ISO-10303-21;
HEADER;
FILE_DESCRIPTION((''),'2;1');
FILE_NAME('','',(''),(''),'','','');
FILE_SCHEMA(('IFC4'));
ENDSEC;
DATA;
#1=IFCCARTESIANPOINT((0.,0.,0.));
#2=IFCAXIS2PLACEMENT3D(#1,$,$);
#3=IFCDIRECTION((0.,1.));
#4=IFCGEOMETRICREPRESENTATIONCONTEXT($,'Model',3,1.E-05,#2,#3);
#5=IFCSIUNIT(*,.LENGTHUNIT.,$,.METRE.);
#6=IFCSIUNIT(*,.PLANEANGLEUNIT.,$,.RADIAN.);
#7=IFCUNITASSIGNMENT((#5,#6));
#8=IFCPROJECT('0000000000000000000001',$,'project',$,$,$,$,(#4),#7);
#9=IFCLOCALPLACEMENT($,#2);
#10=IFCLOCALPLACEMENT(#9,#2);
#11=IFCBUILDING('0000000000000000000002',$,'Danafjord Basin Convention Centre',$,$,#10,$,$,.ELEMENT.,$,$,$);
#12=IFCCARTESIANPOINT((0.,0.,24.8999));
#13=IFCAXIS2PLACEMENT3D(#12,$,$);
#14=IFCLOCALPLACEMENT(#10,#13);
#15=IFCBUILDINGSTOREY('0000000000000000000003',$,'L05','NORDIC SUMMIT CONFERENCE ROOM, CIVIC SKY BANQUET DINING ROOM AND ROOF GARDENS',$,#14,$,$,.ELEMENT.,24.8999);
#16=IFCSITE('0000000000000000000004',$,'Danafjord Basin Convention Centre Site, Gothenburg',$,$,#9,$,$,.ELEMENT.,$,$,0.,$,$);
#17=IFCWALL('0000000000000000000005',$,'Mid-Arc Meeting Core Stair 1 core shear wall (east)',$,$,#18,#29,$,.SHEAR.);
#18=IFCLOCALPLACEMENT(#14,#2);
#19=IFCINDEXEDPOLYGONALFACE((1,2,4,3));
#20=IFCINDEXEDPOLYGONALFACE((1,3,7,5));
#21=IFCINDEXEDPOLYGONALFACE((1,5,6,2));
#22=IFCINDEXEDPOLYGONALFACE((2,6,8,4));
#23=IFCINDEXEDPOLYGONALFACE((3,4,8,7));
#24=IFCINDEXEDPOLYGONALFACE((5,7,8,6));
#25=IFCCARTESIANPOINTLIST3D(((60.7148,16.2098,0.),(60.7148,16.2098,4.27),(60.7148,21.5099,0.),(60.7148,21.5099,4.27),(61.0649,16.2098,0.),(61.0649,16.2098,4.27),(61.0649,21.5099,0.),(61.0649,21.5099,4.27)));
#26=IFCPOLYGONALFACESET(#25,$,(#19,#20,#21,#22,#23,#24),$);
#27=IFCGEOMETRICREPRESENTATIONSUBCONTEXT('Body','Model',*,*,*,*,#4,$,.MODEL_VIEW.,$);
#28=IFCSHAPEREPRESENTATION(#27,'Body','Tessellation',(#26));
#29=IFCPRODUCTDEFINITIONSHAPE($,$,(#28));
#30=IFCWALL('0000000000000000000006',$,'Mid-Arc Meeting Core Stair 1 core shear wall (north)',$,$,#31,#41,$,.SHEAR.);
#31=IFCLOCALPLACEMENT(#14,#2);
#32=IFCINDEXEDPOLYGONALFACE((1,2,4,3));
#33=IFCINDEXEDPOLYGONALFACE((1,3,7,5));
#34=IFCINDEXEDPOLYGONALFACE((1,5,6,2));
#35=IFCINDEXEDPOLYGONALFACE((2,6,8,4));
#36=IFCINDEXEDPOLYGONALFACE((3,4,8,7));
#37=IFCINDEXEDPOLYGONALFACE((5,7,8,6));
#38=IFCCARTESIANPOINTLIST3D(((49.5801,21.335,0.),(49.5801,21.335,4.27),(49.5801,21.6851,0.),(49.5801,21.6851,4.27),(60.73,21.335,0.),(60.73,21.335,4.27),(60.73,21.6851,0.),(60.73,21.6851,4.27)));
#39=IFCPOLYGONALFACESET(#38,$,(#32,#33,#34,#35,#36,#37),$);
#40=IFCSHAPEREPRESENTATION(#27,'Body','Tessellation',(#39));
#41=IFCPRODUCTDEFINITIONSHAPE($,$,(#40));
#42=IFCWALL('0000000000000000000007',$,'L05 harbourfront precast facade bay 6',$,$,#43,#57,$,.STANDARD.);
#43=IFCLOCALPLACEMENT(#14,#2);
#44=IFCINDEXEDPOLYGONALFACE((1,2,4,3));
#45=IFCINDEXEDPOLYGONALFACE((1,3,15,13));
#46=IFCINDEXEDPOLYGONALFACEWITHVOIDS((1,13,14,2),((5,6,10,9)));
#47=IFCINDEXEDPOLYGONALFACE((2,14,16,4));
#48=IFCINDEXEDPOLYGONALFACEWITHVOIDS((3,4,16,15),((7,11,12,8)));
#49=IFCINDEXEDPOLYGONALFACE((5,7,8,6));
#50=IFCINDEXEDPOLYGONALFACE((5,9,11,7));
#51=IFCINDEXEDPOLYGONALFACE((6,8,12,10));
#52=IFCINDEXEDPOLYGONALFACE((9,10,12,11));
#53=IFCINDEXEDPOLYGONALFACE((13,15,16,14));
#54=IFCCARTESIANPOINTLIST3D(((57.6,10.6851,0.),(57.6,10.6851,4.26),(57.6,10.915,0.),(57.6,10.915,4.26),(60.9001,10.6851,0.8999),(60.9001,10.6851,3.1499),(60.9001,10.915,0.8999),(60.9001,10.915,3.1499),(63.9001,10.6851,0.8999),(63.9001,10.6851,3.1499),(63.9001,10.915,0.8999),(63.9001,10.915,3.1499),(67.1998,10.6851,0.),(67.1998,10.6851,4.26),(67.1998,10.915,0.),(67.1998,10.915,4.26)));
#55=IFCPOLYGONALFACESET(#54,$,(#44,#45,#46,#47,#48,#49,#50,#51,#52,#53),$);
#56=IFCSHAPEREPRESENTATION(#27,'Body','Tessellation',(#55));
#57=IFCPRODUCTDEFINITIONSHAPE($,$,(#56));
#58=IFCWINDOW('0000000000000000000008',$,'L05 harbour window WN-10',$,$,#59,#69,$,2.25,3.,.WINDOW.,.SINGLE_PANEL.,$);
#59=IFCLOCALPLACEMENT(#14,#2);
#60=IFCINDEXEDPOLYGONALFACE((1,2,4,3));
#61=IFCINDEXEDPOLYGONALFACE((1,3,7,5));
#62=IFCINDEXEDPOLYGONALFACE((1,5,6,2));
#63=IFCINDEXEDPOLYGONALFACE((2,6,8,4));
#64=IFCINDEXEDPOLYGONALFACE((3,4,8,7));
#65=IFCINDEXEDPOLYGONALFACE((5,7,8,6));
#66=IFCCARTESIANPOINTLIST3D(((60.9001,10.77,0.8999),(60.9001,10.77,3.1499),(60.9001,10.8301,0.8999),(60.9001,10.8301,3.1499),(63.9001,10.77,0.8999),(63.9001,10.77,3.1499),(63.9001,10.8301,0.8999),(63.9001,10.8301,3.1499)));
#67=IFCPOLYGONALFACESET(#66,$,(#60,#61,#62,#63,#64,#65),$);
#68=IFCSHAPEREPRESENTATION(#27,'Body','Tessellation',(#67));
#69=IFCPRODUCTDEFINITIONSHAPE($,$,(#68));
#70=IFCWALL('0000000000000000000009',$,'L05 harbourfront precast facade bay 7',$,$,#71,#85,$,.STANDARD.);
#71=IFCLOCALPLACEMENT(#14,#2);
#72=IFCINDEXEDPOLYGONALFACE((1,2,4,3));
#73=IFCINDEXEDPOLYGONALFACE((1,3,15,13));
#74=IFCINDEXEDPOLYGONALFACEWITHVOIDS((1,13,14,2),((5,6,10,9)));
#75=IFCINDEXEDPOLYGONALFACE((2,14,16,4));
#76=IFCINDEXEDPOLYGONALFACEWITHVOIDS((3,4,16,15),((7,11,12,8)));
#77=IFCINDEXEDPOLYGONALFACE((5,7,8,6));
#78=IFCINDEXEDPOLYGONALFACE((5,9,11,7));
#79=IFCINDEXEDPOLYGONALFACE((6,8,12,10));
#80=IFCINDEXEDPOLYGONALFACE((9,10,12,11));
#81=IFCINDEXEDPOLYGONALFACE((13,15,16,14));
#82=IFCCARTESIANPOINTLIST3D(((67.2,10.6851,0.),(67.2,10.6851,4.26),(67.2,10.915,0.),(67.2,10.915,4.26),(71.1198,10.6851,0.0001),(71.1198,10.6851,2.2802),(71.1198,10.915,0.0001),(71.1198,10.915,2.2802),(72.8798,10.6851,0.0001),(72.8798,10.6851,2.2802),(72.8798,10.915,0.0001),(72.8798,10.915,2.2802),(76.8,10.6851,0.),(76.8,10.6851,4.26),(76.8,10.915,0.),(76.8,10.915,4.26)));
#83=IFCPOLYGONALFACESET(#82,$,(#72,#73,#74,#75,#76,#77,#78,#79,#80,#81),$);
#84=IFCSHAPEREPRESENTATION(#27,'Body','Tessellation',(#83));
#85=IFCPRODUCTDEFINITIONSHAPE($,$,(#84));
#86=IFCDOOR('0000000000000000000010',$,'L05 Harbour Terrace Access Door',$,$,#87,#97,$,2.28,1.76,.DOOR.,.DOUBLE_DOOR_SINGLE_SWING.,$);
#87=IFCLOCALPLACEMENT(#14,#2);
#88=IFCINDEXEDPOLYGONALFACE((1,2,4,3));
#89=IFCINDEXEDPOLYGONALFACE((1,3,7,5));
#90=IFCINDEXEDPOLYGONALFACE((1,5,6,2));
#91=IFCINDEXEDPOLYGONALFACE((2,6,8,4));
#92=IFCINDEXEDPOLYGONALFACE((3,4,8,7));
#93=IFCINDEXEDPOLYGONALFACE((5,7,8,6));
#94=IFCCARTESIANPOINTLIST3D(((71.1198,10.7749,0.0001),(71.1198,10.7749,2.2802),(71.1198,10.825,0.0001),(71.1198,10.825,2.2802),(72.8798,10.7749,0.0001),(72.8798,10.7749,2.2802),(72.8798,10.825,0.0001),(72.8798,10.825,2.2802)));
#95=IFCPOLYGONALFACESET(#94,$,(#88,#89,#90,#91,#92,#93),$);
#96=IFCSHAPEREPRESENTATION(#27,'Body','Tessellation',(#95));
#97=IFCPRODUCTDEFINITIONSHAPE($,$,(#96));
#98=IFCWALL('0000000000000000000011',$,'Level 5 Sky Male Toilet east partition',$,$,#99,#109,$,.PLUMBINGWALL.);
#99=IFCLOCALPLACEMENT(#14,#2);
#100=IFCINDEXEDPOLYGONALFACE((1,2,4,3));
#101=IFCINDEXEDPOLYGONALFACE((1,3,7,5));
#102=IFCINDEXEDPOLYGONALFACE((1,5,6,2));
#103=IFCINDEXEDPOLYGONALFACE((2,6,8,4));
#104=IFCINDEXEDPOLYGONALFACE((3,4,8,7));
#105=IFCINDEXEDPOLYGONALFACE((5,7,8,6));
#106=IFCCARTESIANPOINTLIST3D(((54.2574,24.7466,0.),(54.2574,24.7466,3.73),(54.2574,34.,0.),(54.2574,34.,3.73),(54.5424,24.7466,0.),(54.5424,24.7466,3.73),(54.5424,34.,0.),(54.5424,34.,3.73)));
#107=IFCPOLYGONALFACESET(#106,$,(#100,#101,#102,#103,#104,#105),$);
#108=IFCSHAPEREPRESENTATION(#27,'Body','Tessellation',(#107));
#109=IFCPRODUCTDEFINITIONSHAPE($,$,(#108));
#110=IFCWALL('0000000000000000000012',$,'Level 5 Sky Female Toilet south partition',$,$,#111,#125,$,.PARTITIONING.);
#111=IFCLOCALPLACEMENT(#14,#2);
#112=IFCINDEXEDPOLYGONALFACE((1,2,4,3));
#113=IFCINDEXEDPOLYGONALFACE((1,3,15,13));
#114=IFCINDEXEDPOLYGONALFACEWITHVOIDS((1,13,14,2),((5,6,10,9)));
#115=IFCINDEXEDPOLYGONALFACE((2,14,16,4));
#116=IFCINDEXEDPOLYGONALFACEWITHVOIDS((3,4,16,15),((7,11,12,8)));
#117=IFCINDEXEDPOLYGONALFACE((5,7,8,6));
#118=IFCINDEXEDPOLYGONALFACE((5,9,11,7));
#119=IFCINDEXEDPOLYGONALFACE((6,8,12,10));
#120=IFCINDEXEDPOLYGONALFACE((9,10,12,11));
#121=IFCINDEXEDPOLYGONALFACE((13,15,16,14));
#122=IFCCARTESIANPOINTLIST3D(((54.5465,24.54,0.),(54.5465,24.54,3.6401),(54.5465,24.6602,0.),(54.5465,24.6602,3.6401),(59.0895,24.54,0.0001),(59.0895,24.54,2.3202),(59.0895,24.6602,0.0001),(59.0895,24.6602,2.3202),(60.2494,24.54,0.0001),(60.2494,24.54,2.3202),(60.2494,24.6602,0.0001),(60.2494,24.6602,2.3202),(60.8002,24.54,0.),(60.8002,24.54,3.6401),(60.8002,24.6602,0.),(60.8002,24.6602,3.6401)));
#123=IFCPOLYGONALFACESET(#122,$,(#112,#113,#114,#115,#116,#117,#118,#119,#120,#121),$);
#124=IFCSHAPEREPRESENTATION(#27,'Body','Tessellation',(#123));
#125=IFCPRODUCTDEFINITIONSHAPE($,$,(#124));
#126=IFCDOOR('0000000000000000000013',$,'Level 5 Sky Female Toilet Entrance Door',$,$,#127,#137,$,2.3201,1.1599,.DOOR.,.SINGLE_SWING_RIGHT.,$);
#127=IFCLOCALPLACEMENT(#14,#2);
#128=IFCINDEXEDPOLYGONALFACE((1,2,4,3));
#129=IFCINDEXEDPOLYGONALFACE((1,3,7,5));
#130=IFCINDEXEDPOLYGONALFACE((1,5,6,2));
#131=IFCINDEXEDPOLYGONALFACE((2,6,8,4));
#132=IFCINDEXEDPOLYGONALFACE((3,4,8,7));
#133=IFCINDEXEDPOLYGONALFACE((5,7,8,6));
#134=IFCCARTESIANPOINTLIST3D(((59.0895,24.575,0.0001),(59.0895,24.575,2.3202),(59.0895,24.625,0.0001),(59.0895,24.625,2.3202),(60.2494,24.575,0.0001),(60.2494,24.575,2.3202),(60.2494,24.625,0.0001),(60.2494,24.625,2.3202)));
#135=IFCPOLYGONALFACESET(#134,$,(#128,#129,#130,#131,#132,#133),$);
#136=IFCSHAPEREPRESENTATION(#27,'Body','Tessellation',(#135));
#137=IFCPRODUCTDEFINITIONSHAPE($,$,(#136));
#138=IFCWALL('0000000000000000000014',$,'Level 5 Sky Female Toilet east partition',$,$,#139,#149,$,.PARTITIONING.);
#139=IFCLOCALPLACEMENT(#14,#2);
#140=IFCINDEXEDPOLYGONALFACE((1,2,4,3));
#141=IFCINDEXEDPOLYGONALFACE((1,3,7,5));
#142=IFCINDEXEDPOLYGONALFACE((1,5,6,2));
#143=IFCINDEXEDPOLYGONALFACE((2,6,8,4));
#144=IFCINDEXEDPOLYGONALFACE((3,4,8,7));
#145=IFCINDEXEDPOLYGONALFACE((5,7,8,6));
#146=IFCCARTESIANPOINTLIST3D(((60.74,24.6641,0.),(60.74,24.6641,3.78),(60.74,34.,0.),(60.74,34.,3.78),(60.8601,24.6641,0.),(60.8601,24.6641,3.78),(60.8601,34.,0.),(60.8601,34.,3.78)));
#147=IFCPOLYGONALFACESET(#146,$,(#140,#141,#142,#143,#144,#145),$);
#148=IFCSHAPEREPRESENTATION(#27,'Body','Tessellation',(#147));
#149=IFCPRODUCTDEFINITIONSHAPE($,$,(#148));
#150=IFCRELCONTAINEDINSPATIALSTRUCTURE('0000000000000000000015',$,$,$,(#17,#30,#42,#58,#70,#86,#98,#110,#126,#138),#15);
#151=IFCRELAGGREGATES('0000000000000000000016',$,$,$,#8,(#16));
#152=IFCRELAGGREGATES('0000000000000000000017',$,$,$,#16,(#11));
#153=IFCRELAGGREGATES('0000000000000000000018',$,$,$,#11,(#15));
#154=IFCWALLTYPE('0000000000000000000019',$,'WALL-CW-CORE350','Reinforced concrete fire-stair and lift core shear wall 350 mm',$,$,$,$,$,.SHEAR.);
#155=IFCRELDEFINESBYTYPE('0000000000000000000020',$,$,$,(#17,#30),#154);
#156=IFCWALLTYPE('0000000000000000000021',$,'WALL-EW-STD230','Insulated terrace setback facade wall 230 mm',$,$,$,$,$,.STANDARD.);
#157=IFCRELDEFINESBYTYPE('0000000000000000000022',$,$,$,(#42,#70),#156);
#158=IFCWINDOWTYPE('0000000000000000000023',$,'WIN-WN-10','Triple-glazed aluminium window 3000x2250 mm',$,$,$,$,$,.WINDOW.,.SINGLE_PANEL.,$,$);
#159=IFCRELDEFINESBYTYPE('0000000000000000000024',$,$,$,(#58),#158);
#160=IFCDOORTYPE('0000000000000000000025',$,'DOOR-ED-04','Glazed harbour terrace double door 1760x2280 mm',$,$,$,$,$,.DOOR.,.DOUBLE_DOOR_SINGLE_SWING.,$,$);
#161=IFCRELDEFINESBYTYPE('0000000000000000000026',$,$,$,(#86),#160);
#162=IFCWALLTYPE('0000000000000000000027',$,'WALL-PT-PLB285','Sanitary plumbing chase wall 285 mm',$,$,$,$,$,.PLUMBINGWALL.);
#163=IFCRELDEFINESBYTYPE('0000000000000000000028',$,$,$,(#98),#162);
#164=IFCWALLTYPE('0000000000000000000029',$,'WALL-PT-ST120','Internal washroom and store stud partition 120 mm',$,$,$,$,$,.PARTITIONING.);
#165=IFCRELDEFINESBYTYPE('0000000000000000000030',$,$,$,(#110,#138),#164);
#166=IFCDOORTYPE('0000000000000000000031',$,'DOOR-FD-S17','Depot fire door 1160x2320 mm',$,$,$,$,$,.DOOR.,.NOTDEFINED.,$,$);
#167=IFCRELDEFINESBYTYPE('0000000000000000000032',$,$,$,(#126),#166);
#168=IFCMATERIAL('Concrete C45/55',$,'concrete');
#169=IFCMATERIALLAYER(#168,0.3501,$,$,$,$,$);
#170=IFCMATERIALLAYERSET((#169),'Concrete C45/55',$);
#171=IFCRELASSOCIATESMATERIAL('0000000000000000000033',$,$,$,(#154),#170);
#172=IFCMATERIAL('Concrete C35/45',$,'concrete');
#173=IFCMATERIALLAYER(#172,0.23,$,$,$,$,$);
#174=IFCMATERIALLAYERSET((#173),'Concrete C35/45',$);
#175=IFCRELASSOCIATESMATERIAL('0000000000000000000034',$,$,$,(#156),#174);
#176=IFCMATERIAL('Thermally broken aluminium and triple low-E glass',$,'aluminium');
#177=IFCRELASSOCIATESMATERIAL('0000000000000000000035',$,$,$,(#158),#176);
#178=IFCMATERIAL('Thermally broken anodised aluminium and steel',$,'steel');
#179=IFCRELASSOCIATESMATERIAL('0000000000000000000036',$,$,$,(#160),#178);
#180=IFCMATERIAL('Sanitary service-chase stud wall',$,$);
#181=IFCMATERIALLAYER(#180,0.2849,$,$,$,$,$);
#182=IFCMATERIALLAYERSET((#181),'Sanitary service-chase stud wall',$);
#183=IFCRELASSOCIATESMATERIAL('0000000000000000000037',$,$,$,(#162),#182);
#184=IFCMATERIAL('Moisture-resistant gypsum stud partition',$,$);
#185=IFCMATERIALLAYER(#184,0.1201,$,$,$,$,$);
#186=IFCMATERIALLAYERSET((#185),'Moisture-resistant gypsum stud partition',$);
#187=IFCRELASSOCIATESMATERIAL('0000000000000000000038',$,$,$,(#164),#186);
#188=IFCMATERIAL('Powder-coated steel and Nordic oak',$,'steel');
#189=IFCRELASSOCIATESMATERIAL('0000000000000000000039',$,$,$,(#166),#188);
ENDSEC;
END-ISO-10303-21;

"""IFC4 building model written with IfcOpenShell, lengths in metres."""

from ifc_helpers import new_model, si_unit, direction, frame, frame_2d, origin, place, context, subcontext, project, spatial, rectangle, extrude, material, layer, layer_set, type_object, element, fill, save


model = new_model("IFC4")

# Units and contexts
model_context = context("Model", 3, precision=1e-05, world=origin(), true_north=direction((0.0, 1.0)))
body_context = subcontext(model_context, "Body", "Model", "MODEL_VIEW")
ifc_project = project(units=[si_unit("LENGTHUNIT", "METRE"), si_unit("PLANEANGLEUNIT", "RADIAN")], contexts=[model_context])

# Site, building, storey
site_placement = place(None, origin())
site = spatial("IfcSite", under=ifc_project, at=site_placement, Name="Danafjord Basin Convention Centre Site, Gothenburg", CompositionType="ELEMENT", RefElevation=0.0)
building_placement = place(site_placement, origin())
building = spatial("IfcBuilding", under=site, at=building_placement, Name="Danafjord Basin Convention Centre", CompositionType="ELEMENT")
storey_placement = place(building_placement, frame((0.0, 0.0, 24.8999)))
storey = spatial("IfcBuildingStorey", under=building, at=storey_placement, Name="L05", Description="NORDIC SUMMIT CONFERENCE ROOM, CIVIC SKY BANQUET DINING ROOM AND ROOF GARDENS", CompositionType="ELEMENT", Elevation=24.8999)

# Walls
ifc_material_1 = material(Name="Concrete C45/55", Category="concrete")
ifc_layer_1 = layer(ifc_material_1, 0.3501)
ifc_layer_set_1 = layer_set([ifc_layer_1], Name="Concrete C45/55")
wall_type_1 = type_object("IfcWallType", Name="WALL-CW-CORE350", Description="Reinforced concrete fire-stair and lift core shear wall 350 mm", PredefinedType="SHEAR", material=ifc_layer_set_1)
wall_1_placement = place(storey_placement, frame((60.8899, 16.21, 0.0), z_axis=(0.0, 0.0, 1.0), x_axis=(0.0, 1.0, 0.0)))
element("IfcWall", 1, at=wall_1_placement, inside=storey, type_object=wall_type_1, Name="Mid-Arc Meeting Core Stair 1 core shear wall (east)", PredefinedType="SHEAR", context=body_context, shape_type="SweptSolid", body=[
    extrude(rectangle(XDim=5.3, YDim=0.3501, at=frame_2d((2.6499, 0.0))), origin(), (0.0, 0.0, 1.0), 4.27),
])
wall_2_placement = place(storey_placement, frame((60.73, 21.51, 0.0), z_axis=(0.0, 0.0, 1.0), x_axis=(-1.0, 0.0, 0.0)))
element("IfcWall", 2, at=wall_2_placement, inside=storey, type_object=wall_type_1, Name="Mid-Arc Meeting Core Stair 1 core shear wall (north)", PredefinedType="SHEAR", context=body_context, shape_type="SweptSolid", body=[
    extrude(rectangle(XDim=11.1499, YDim=0.3501, at=frame_2d((5.575, 0.0))), origin(), (0.0, 0.0, 1.0), 4.27),
])

# Wall, opening, window
ifc_material_2 = material(Name="Concrete C35/45", Category="concrete")
ifc_layer_2 = layer(ifc_material_2, 0.23)
ifc_layer_set_2 = layer_set([ifc_layer_2], Name="Concrete C35/45")
wall_type_2 = type_object("IfcWallType", Name="WALL-EW-STD230", Description="Insulated terrace setback facade wall 230 mm", PredefinedType="STANDARD", material=ifc_layer_set_2)
wall_3_placement = place(storey_placement, frame((57.6001, 10.8, 0.0), z_axis=(0.0, 0.0, 1.0), x_axis=(1.0, 0.0, 0.0)))
wall_3 = element("IfcWall", 3, at=wall_3_placement, inside=storey, type_object=wall_type_2, Name="L05 harbourfront precast facade bay 6", PredefinedType="STANDARD", context=body_context, shape_type="SweptSolid", body=[
    extrude(rectangle(XDim=9.5999, YDim=0.23, at=frame_2d((4.7998, 0.0))), origin(), (0.0, 0.0, 1.0), 4.26),
])
opening_1_placement = place(wall_3_placement, frame((3.3, 0.0, 0.8999)))
opening_1 = element("IfcOpeningElement", 4, at=opening_1_placement, cuts=wall_3, PredefinedType="OPENING", context=body_context, shape_type="SweptSolid", body=[
    extrude(rectangle(XDim=3.0, YDim=2.25, at=frame_2d((1.5, 1.125))), frame((0.0, 0.125, 0.0), z_axis=(0.0, -1.0, 0.0), x_axis=(1.0, 0.0, 0.0)), (0.0, 0.0, 1.0), 0.25),
])
ifc_material_3 = material(Name="Thermally broken aluminium and triple low-E glass", Category="aluminium")
window_type = type_object("IfcWindowType", Name="WIN-WN-10", Description="Triple-glazed aluminium window 3000x2250 mm", PartitioningType="SINGLE_PANEL", PredefinedType="WINDOW", material=ifc_material_3)
window_placement = place(opening_1_placement, origin())
window = element("IfcWindow", 5, at=window_placement, inside=storey, type_object=window_type, Name="L05 harbour window WN-10", OverallHeight=2.25, OverallWidth=3.0, PartitioningType="SINGLE_PANEL", PredefinedType="WINDOW", context=body_context, shape_type="SweptSolid", body=[
    extrude(rectangle(XDim=3.0, YDim=2.25, at=frame_2d((1.5, 1.125))), frame((0.0, 0.03, 0.0), z_axis=(0.0, -1.0, 0.0), x_axis=(1.0, 0.0, 0.0)), (0.0, 0.0, 1.0), 0.0601),
])
fill(opening_1, window)

# Wall, opening, door
wall_4_placement = place(storey_placement, frame((67.2, 10.8, 0.0), z_axis=(0.0, 0.0, 1.0), x_axis=(1.0, 0.0, 0.0)))
wall_4 = element("IfcWall", 6, at=wall_4_placement, inside=storey, type_object=wall_type_2, Name="L05 harbourfront precast facade bay 7", PredefinedType="STANDARD", context=body_context, shape_type="SweptSolid", body=[
    extrude(rectangle(XDim=9.6001, YDim=0.23, at=frame_2d((4.8, 0.0))), origin(), (0.0, 0.0, 1.0), 4.26),
])
opening_2_placement = place(wall_4_placement, frame((3.9199, 0.0, 0.0)))
opening_2 = element("IfcOpeningElement", 7, at=opening_2_placement, cuts=wall_4, PredefinedType="OPENING", context=body_context, shape_type="SweptSolid", body=[
    extrude(rectangle(XDim=1.76, YDim=2.28, at=frame_2d((0.8799, 1.1401))), frame((0.0, 0.125, 0.0), z_axis=(0.0, -1.0, 0.0), x_axis=(1.0, 0.0, 0.0)), (0.0, 0.0, 1.0), 0.25),
])
ifc_material_4 = material(Name="Thermally broken anodised aluminium and steel", Category="steel")
door_type_1 = type_object("IfcDoorType", Name="DOOR-ED-04", Description="Glazed harbour terrace double door 1760x2280 mm", OperationType="DOUBLE_DOOR_SINGLE_SWING", PredefinedType="DOOR", material=ifc_material_4)
door_1_placement = place(opening_2_placement, origin())
door_1 = element("IfcDoor", 8, at=door_1_placement, inside=storey, type_object=door_type_1, Name="L05 Harbour Terrace Access Door", OperationType="DOUBLE_DOOR_SINGLE_SWING", OverallHeight=2.28, OverallWidth=1.76, PredefinedType="DOOR", context=body_context, shape_type="SweptSolid", body=[
    extrude(rectangle(XDim=1.76, YDim=2.28, at=frame_2d((0.8799, 1.1401))), frame((0.0, 0.0249, 0.0), z_axis=(0.0, -1.0, 0.0), x_axis=(1.0, 0.0, 0.0)), (0.0, 0.0, 1.0), 0.05),
])
fill(opening_2, door_1)

# Wall
ifc_material_5 = material(Name="Sanitary service-chase stud wall")
ifc_layer_3 = layer(ifc_material_5, 0.2849)
ifc_layer_set_3 = layer_set([ifc_layer_3], Name="Sanitary service-chase stud wall")
wall_type_3 = type_object("IfcWallType", Name="WALL-PT-PLB285", Description="Sanitary plumbing chase wall 285 mm", PredefinedType="PLUMBINGWALL", material=ifc_layer_set_3)
wall_5_placement = place(storey_placement, frame((54.3999, 24.7466, 0.0), z_axis=(0.0, 0.0, 1.0), x_axis=(0.0, 1.0, 0.0)))
element("IfcWall", 9, at=wall_5_placement, inside=storey, type_object=wall_type_3, Name="Level 5 Sky Male Toilet east partition", PredefinedType="PLUMBINGWALL", context=body_context, shape_type="SweptSolid", body=[
    extrude(rectangle(XDim=9.2534, YDim=0.2849, at=frame_2d((4.6267, 0.0))), origin(), (0.0, 0.0, 1.0), 3.73),
])

# Wall, opening, door
ifc_material_6 = material(Name="Moisture-resistant gypsum stud partition")
ifc_layer_4 = layer(ifc_material_6, 0.1201)
ifc_layer_set_4 = layer_set([ifc_layer_4], Name="Moisture-resistant gypsum stud partition")
wall_type_4 = type_object("IfcWallType", Name="WALL-PT-ST120", Description="Internal washroom and store stud partition 120 mm", PredefinedType="PARTITIONING", material=ifc_layer_set_4)
wall_6_placement = place(storey_placement, frame((54.5464, 24.6001, 0.0), z_axis=(0.0, 0.0, 1.0), x_axis=(1.0, 0.0, 0.0)))
wall_6 = element("IfcWall", 10, at=wall_6_placement, inside=storey, type_object=wall_type_4, Name="Level 5 Sky Female Toilet south partition", PredefinedType="PARTITIONING", context=body_context, shape_type="SweptSolid", body=[
    extrude(rectangle(XDim=6.2537, YDim=0.1201, at=frame_2d((3.127, 0.0))), origin(), (0.0, 0.0, 1.0), 3.6401),
])
opening_3_placement = place(wall_6_placement, frame((4.543, 0.0, 0.0)))
opening_3 = element("IfcOpeningElement", 11, at=opening_3_placement, cuts=wall_6, PredefinedType="OPENING", context=body_context, shape_type="SweptSolid", body=[
    extrude(rectangle(XDim=1.1599, YDim=2.3201, at=frame_2d((0.5801, 1.1602))), frame((0.0, 0.0701, 0.0), z_axis=(0.0, -1.0, 0.0), x_axis=(1.0, 0.0, 0.0)), (0.0, 0.0, 1.0), 0.1401),
])
ifc_material_7 = material(Name="Powder-coated steel and Nordic oak", Category="steel")
door_type_2 = type_object("IfcDoorType", Name="DOOR-FD-S17", Description="Depot fire door 1160x2320 mm", OperationType="NOTDEFINED", PredefinedType="DOOR", material=ifc_material_7)
door_2_placement = place(opening_3_placement, origin())
door_2 = element("IfcDoor", 12, at=door_2_placement, inside=storey, type_object=door_type_2, Name="Level 5 Sky Female Toilet Entrance Door", OperationType="SINGLE_SWING_RIGHT", OverallHeight=2.3201, OverallWidth=1.1599, PredefinedType="DOOR", context=body_context, shape_type="SweptSolid", body=[
    extrude(rectangle(XDim=1.1599, YDim=2.3201, at=frame_2d((0.5801, 1.1602))), frame((0.0, 0.0249, 0.0), z_axis=(0.0, -1.0, 0.0), x_axis=(1.0, 0.0, 0.0)), (0.0, 0.0, 1.0), 0.05),
])
fill(opening_3, door_2)

# Wall
wall_7_placement = place(storey_placement, frame((60.8, 24.6641, 0.0), z_axis=(0.0, 0.0, 1.0), x_axis=(0.0, 1.0, 0.0)))
element("IfcWall", 13, at=wall_7_placement, inside=storey, type_object=wall_type_4, Name="Level 5 Sky Female Toilet east partition", PredefinedType="PARTITIONING", context=body_context, shape_type="SweptSolid", body=[
    extrude(rectangle(XDim=9.3359, YDim=0.1201, at=frame_2d((4.668, 0.0))), origin(), (0.0, 0.0, 1.0), 3.78),
])

save(model, "model.ifc")
